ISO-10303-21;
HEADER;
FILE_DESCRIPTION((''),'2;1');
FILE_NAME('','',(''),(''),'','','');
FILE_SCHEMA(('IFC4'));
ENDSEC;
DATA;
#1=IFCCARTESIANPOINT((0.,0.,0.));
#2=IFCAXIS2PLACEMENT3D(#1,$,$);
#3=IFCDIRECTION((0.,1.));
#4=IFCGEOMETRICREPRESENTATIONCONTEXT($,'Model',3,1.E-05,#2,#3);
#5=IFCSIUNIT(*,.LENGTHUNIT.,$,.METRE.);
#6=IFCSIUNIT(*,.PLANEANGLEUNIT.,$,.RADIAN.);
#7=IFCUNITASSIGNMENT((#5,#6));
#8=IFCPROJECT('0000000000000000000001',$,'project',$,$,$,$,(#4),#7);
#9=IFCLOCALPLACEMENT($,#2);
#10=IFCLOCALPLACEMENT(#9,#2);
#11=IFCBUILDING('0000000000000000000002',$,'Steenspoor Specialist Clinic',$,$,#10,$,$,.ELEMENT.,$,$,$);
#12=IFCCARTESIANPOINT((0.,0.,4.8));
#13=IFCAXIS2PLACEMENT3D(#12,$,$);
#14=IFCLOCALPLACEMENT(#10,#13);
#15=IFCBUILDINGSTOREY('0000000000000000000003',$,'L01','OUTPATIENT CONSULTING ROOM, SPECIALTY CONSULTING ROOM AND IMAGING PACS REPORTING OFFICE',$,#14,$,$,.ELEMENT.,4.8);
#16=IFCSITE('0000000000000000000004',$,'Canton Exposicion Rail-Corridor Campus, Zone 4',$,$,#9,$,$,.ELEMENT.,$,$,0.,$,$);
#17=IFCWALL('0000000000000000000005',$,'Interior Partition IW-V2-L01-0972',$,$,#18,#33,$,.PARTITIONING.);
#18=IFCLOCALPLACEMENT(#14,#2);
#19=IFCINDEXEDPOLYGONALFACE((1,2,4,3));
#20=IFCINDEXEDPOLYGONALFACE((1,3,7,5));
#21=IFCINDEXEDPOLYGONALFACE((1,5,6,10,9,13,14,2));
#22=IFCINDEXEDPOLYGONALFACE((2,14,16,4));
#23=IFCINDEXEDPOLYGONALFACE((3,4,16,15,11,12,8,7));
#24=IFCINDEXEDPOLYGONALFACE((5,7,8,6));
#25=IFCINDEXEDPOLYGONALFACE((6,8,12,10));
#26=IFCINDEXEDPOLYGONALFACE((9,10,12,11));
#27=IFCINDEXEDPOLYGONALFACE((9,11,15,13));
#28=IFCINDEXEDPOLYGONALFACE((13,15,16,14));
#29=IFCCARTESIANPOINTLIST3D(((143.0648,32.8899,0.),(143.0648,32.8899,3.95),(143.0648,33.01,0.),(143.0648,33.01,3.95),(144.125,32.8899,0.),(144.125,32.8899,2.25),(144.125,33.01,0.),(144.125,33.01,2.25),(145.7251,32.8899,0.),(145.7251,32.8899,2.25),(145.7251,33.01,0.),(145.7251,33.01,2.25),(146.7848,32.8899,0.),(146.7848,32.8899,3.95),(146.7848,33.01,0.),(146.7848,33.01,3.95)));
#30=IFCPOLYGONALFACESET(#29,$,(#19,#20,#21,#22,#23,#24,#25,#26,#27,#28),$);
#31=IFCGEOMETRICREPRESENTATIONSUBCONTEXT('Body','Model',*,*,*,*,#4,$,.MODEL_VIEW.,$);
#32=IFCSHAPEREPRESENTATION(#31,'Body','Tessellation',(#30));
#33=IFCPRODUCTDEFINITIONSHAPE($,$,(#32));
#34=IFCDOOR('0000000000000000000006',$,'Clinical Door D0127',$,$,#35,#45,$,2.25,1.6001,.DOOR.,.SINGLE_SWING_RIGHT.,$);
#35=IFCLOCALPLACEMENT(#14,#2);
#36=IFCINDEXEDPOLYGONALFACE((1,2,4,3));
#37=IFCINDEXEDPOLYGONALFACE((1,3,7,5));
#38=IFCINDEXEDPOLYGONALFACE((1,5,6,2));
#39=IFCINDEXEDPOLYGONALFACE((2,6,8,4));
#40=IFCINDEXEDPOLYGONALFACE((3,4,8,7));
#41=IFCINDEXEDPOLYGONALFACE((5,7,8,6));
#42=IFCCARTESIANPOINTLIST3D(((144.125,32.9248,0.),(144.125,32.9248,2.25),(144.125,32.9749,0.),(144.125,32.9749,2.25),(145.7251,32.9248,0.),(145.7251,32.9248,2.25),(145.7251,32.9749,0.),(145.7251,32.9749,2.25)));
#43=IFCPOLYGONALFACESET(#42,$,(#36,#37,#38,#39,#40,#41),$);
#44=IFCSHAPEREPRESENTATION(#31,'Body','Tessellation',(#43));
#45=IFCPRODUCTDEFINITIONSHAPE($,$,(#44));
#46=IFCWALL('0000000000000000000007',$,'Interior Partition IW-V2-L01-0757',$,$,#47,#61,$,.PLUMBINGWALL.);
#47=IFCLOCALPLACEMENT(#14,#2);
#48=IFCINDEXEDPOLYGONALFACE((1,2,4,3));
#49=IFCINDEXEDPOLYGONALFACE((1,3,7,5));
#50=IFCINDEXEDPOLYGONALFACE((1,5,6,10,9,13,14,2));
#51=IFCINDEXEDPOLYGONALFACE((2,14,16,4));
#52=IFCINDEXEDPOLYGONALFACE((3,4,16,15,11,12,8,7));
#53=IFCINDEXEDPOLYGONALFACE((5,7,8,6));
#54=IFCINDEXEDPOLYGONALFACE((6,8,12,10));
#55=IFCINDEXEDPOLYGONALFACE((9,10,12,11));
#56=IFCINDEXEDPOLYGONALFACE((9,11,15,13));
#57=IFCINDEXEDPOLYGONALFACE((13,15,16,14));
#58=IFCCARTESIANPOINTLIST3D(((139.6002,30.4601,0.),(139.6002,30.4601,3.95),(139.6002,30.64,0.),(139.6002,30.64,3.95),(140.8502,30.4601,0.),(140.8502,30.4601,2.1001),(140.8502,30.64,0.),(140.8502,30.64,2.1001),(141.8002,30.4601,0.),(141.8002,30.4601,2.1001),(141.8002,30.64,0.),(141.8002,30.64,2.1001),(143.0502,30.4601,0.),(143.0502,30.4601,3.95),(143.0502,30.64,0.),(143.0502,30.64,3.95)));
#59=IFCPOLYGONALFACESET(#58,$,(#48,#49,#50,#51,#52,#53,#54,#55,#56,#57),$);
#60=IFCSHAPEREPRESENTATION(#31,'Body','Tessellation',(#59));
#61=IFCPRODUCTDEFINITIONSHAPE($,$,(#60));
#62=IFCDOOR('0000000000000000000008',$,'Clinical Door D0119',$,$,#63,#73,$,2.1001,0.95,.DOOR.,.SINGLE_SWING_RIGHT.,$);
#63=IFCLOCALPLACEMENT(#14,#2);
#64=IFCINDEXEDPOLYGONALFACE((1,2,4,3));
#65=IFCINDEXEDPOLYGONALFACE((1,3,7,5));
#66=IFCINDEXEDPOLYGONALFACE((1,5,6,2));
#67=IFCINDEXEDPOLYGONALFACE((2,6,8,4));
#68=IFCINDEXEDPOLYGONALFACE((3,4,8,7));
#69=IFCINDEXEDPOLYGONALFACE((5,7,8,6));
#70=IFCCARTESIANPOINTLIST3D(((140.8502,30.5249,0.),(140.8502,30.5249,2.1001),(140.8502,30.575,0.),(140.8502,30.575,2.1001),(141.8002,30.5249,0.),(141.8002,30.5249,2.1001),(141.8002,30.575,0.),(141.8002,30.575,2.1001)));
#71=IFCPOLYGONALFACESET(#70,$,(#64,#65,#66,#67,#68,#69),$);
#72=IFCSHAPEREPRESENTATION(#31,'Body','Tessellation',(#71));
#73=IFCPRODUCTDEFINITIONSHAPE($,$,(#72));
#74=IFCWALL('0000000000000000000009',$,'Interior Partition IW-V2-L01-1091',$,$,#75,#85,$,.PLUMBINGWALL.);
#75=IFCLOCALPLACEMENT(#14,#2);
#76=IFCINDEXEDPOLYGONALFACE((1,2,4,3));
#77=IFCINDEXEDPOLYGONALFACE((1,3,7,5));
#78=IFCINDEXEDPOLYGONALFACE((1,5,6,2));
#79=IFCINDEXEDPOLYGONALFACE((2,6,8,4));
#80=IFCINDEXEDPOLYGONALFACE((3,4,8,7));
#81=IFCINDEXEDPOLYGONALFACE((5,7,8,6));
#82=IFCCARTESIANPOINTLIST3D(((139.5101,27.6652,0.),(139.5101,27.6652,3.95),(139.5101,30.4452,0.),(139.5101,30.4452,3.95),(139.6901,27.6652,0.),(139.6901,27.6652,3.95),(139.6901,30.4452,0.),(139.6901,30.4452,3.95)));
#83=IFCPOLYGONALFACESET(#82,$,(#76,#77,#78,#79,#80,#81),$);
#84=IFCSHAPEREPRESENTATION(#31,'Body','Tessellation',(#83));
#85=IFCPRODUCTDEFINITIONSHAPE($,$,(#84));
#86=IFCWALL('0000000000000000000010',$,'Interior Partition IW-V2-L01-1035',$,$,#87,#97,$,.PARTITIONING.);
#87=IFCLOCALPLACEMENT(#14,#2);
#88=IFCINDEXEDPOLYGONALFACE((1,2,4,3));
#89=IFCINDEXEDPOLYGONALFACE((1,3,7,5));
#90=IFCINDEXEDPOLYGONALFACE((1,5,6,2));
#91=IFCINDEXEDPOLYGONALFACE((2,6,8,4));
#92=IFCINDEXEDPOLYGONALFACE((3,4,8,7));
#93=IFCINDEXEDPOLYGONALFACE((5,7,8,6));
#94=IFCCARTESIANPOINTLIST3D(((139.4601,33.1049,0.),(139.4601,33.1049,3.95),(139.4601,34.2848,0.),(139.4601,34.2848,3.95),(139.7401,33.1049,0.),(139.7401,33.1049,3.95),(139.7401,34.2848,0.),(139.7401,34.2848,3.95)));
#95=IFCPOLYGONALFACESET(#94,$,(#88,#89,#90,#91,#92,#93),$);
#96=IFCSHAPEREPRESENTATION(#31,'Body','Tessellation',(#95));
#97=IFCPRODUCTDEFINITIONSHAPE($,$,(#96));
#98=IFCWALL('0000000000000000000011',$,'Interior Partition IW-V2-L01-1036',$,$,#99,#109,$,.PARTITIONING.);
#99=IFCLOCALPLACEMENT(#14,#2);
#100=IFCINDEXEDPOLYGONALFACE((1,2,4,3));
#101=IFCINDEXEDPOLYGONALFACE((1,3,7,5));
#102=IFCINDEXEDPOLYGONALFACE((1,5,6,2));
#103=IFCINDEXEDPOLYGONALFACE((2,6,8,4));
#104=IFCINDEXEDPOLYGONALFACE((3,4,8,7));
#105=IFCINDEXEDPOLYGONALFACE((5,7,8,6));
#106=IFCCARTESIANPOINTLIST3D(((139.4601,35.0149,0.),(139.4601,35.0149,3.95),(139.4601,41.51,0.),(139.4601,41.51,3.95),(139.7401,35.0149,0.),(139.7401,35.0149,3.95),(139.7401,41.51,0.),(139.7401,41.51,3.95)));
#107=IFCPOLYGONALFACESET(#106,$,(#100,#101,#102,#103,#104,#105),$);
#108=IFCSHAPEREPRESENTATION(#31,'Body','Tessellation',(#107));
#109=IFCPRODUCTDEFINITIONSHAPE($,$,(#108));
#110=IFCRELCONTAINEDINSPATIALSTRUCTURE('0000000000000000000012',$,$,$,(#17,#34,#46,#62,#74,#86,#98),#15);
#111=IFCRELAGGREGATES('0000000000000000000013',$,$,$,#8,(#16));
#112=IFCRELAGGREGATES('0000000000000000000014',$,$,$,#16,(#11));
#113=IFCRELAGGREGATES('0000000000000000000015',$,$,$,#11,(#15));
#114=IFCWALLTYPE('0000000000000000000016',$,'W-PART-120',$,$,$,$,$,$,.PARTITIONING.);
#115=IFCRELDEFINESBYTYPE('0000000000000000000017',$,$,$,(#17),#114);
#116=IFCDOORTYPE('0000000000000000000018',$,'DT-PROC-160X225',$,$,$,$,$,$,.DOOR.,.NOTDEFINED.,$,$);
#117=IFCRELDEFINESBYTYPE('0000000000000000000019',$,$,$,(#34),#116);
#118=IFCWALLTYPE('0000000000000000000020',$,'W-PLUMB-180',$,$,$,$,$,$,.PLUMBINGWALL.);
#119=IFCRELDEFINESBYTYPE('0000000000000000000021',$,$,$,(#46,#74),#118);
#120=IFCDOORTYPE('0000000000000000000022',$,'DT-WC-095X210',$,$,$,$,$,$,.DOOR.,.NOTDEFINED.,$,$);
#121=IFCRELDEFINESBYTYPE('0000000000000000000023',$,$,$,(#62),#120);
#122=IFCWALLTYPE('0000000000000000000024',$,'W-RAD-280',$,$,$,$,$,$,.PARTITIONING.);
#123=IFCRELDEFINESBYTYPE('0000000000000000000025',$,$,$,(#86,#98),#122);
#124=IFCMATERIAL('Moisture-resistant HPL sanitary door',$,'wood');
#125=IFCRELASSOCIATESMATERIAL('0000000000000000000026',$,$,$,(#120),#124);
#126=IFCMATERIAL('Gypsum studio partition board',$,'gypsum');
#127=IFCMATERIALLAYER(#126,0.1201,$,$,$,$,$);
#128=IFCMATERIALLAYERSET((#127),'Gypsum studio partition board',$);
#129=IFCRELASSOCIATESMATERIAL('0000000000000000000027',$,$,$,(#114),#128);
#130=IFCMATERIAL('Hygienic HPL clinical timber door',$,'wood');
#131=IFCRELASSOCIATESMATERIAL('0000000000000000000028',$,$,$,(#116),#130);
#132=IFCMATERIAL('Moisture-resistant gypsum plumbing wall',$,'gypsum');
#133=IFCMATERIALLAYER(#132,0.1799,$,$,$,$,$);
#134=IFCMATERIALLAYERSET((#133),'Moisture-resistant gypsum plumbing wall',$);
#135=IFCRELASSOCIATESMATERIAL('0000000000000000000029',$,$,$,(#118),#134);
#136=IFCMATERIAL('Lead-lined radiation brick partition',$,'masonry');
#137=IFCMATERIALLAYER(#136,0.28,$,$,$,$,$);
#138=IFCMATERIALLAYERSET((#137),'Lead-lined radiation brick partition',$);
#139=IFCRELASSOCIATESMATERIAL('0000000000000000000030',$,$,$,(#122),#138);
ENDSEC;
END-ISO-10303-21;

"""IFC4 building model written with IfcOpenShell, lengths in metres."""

from ifc_helpers import new_model, si_unit, direction, frame, frame_2d, origin, place, context, subcontext, project, spatial, rectangle, extrude, material, layer, layer_set, type_object, element, fill, save


model = new_model("IFC4")

# Units and contexts
model_context = context("Model", 3, precision=1e-05, world=origin(), true_north=direction((0.0, 1.0)))
body_context = subcontext(model_context, "Body", "Model", "MODEL_VIEW")
ifc_project = project(units=[si_unit("LENGTHUNIT", "METRE"), si_unit("PLANEANGLEUNIT", "RADIAN")], contexts=[model_context])

# Site, building, storey
site_placement = place(None, origin())
site = spatial("IfcSite", under=ifc_project, at=site_placement, Name="Canton Exposicion Rail-Corridor Campus, Zone 4", CompositionType="ELEMENT", RefElevation=0.0)
building_placement = place(site_placement, origin())
building = spatial("IfcBuilding", under=site, at=building_placement, Name="Steenspoor Specialist Clinic", CompositionType="ELEMENT")
storey_placement = place(building_placement, frame((0.0, 0.0, 4.8)))
storey = spatial("IfcBuildingStorey", under=building, at=storey_placement, Name="L01", Description="OUTPATIENT CONSULTING ROOM, SPECIALTY CONSULTING ROOM AND IMAGING PACS REPORTING OFFICE", CompositionType="ELEMENT", Elevation=4.8)

# Shared definitions
ifc_material_1 = material(Name="Moisture-resistant HPL sanitary door", Category="wood")
door_type_1 = type_object("IfcDoorType", Name="DT-WC-095X210", OperationType="NOTDEFINED", PredefinedType="DOOR", material=ifc_material_1)

# Walls, openings, doors
ifc_material_2 = material(Name="Gypsum studio partition board", Category="gypsum")
ifc_layer_1 = layer(ifc_material_2, 0.1201)
ifc_layer_set_1 = layer_set([ifc_layer_1], Name="Gypsum studio partition board")
wall_type_1 = type_object("IfcWallType", Name="W-PART-120", PredefinedType="PARTITIONING", material=ifc_layer_set_1)
wall_1_placement = place(storey_placement, frame((143.0649, 32.95, 0.0), z_axis=(0.0, 0.0, 1.0), x_axis=(1.0, 0.0, 0.0)))
wall_1 = element("IfcWall", 1, at=wall_1_placement, inside=storey, type_object=wall_type_1, Name="Interior Partition IW-V2-L01-0972", PredefinedType="PARTITIONING", context=body_context, shape_type="SweptSolid", body=[
    extrude(rectangle(XDim=3.72, YDim=0.1201, at=frame_2d((1.8599, 0.0))), origin(), (0.0, 0.0, 1.0), 3.95),
])
opening_1_placement = place(wall_1_placement, frame((1.0601, 0.0, 0.0)))
opening_1 = element("IfcOpeningElement", 2, at=opening_1_placement, cuts=wall_1, PredefinedType="OPENING", context=body_context, shape_type="SweptSolid", body=[
    extrude(rectangle(XDim=1.6001, YDim=2.25, at=frame_2d((0.8, 1.125))), frame((0.0, 0.0701, 0.0), z_axis=(0.0, -1.0, 0.0), x_axis=(1.0, 0.0, 0.0)), (0.0, 0.0, 1.0), 0.1401),
])
ifc_material_3 = material(Name="Hygienic HPL clinical timber door", Category="wood")
door_type_2 = type_object("IfcDoorType", Name="DT-PROC-160X225", OperationType="NOTDEFINED", PredefinedType="DOOR", material=ifc_material_3)
door_1_placement = place(opening_1_placement, origin())
door_1 = element("IfcDoor", 3, at=door_1_placement, inside=storey, type_object=door_type_2, Name="Clinical Door D0127", OperationType="SINGLE_SWING_RIGHT", OverallHeight=2.25, OverallWidth=1.6001, PredefinedType="DOOR", context=body_context, shape_type="SweptSolid", body=[
    extrude(rectangle(XDim=1.6001, YDim=2.25, at=frame_2d((0.8, 1.125))), frame((0.0, 0.0249, 0.0), z_axis=(0.0, -1.0, 0.0), x_axis=(1.0, 0.0, 0.0)), (0.0, 0.0, 1.0), 0.05),
])
fill(opening_1, door_1)
ifc_material_4 = material(Name="Moisture-resistant gypsum plumbing wall", Category="gypsum")
ifc_layer_2 = layer(ifc_material_4, 0.1799)
ifc_layer_set_2 = layer_set([ifc_layer_2], Name="Moisture-resistant gypsum plumbing wall")
wall_type_2 = type_object("IfcWallType", Name="W-PLUMB-180", PredefinedType="PLUMBINGWALL", material=ifc_layer_set_2)
wall_2_placement = place(storey_placement, frame((139.6001, 30.55, 0.0), z_axis=(0.0, 0.0, 1.0), x_axis=(1.0, 0.0, 0.0)))
wall_2 = element("IfcWall", 4, at=wall_2_placement, inside=storey, type_object=wall_type_2, Name="Interior Partition IW-V2-L01-0757", PredefinedType="PLUMBINGWALL", context=body_context, shape_type="SweptSolid", body=[
    extrude(rectangle(XDim=3.45, YDim=0.1799, at=frame_2d((1.7251, 0.0))), origin(), (0.0, 0.0, 1.0), 3.95),
])
opening_2_placement = place(wall_2_placement, frame((1.25, 0.0, 0.0)))
opening_2 = element("IfcOpeningElement", 5, at=opening_2_placement, cuts=wall_2, PredefinedType="OPENING", context=body_context, shape_type="SweptSolid", body=[
    extrude(rectangle(XDim=0.95, YDim=2.1001, at=frame_2d((0.4751, 1.05))), frame((0.0, 0.1001, 0.0), z_axis=(0.0, -1.0, 0.0), x_axis=(1.0, 0.0, 0.0)), (0.0, 0.0, 1.0), 0.2),
])
door_2_placement = place(opening_2_placement, origin())
door_2 = element("IfcDoor", 6, at=door_2_placement, inside=storey, type_object=door_type_1, Name="Clinical Door D0119", OperationType="SINGLE_SWING_RIGHT", OverallHeight=2.1001, OverallWidth=0.95, PredefinedType="DOOR", context=body_context, shape_type="SweptSolid", body=[
    extrude(rectangle(XDim=0.95, YDim=2.1001, at=frame_2d((0.4751, 1.05))), frame((0.0, 0.0249, 0.0), z_axis=(0.0, -1.0, 0.0), x_axis=(1.0, 0.0, 0.0)), (0.0, 0.0, 1.0), 0.05),
])
fill(opening_2, door_2)

# Walls
wall_3_placement = place(storey_placement, frame((139.6001, 27.665, 0.0), z_axis=(0.0, 0.0, 1.0), x_axis=(0.0, 1.0, 0.0)))
element("IfcWall", 7, at=wall_3_placement, inside=storey, type_object=wall_type_2, Name="Interior Partition IW-V2-L01-1091", PredefinedType="PLUMBINGWALL", context=body_context, shape_type="SweptSolid", body=[
    extrude(rectangle(XDim=2.78, YDim=0.1799, at=frame_2d((1.3901, 0.0))), origin(), (0.0, 0.0, 1.0), 3.95),
])
ifc_material_5 = material(Name="Lead-lined radiation brick partition", Category="masonry")
ifc_layer_3 = layer(ifc_material_5, 0.28)
ifc_layer_set_3 = layer_set([ifc_layer_3], Name="Lead-lined radiation brick partition")
wall_type_3 = type_object("IfcWallType", Name="W-RAD-280", PredefinedType="PARTITIONING", material=ifc_layer_set_3)
wall_4_placement = place(storey_placement, frame((139.6001, 33.105, 0.0), z_axis=(0.0, 0.0, 1.0), x_axis=(0.0, 1.0, 0.0)))
element("IfcWall", 8, at=wall_4_placement, inside=storey, type_object=wall_type_3, Name="Interior Partition IW-V2-L01-1035", PredefinedType="PARTITIONING", context=body_context, shape_type="SweptSolid", body=[
    extrude(rectangle(XDim=1.1799, YDim=0.28, at=frame_2d((0.5898, 0.0))), origin(), (0.0, 0.0, 1.0), 3.95),
])
wall_5_placement = place(storey_placement, frame((139.6001, 35.0149, 0.0), z_axis=(0.0, 0.0, 1.0), x_axis=(0.0, 1.0, 0.0)))
element("IfcWall", 9, at=wall_5_placement, inside=storey, type_object=wall_type_3, Name="Interior Partition IW-V2-L01-1036", PredefinedType="PARTITIONING", context=body_context, shape_type="SweptSolid", body=[
    extrude(rectangle(XDim=6.4951, YDim=0.28, at=frame_2d((3.2476, 0.0))), origin(), (0.0, 0.0, 1.0), 3.95),
])

save(model, "model.ifc")
